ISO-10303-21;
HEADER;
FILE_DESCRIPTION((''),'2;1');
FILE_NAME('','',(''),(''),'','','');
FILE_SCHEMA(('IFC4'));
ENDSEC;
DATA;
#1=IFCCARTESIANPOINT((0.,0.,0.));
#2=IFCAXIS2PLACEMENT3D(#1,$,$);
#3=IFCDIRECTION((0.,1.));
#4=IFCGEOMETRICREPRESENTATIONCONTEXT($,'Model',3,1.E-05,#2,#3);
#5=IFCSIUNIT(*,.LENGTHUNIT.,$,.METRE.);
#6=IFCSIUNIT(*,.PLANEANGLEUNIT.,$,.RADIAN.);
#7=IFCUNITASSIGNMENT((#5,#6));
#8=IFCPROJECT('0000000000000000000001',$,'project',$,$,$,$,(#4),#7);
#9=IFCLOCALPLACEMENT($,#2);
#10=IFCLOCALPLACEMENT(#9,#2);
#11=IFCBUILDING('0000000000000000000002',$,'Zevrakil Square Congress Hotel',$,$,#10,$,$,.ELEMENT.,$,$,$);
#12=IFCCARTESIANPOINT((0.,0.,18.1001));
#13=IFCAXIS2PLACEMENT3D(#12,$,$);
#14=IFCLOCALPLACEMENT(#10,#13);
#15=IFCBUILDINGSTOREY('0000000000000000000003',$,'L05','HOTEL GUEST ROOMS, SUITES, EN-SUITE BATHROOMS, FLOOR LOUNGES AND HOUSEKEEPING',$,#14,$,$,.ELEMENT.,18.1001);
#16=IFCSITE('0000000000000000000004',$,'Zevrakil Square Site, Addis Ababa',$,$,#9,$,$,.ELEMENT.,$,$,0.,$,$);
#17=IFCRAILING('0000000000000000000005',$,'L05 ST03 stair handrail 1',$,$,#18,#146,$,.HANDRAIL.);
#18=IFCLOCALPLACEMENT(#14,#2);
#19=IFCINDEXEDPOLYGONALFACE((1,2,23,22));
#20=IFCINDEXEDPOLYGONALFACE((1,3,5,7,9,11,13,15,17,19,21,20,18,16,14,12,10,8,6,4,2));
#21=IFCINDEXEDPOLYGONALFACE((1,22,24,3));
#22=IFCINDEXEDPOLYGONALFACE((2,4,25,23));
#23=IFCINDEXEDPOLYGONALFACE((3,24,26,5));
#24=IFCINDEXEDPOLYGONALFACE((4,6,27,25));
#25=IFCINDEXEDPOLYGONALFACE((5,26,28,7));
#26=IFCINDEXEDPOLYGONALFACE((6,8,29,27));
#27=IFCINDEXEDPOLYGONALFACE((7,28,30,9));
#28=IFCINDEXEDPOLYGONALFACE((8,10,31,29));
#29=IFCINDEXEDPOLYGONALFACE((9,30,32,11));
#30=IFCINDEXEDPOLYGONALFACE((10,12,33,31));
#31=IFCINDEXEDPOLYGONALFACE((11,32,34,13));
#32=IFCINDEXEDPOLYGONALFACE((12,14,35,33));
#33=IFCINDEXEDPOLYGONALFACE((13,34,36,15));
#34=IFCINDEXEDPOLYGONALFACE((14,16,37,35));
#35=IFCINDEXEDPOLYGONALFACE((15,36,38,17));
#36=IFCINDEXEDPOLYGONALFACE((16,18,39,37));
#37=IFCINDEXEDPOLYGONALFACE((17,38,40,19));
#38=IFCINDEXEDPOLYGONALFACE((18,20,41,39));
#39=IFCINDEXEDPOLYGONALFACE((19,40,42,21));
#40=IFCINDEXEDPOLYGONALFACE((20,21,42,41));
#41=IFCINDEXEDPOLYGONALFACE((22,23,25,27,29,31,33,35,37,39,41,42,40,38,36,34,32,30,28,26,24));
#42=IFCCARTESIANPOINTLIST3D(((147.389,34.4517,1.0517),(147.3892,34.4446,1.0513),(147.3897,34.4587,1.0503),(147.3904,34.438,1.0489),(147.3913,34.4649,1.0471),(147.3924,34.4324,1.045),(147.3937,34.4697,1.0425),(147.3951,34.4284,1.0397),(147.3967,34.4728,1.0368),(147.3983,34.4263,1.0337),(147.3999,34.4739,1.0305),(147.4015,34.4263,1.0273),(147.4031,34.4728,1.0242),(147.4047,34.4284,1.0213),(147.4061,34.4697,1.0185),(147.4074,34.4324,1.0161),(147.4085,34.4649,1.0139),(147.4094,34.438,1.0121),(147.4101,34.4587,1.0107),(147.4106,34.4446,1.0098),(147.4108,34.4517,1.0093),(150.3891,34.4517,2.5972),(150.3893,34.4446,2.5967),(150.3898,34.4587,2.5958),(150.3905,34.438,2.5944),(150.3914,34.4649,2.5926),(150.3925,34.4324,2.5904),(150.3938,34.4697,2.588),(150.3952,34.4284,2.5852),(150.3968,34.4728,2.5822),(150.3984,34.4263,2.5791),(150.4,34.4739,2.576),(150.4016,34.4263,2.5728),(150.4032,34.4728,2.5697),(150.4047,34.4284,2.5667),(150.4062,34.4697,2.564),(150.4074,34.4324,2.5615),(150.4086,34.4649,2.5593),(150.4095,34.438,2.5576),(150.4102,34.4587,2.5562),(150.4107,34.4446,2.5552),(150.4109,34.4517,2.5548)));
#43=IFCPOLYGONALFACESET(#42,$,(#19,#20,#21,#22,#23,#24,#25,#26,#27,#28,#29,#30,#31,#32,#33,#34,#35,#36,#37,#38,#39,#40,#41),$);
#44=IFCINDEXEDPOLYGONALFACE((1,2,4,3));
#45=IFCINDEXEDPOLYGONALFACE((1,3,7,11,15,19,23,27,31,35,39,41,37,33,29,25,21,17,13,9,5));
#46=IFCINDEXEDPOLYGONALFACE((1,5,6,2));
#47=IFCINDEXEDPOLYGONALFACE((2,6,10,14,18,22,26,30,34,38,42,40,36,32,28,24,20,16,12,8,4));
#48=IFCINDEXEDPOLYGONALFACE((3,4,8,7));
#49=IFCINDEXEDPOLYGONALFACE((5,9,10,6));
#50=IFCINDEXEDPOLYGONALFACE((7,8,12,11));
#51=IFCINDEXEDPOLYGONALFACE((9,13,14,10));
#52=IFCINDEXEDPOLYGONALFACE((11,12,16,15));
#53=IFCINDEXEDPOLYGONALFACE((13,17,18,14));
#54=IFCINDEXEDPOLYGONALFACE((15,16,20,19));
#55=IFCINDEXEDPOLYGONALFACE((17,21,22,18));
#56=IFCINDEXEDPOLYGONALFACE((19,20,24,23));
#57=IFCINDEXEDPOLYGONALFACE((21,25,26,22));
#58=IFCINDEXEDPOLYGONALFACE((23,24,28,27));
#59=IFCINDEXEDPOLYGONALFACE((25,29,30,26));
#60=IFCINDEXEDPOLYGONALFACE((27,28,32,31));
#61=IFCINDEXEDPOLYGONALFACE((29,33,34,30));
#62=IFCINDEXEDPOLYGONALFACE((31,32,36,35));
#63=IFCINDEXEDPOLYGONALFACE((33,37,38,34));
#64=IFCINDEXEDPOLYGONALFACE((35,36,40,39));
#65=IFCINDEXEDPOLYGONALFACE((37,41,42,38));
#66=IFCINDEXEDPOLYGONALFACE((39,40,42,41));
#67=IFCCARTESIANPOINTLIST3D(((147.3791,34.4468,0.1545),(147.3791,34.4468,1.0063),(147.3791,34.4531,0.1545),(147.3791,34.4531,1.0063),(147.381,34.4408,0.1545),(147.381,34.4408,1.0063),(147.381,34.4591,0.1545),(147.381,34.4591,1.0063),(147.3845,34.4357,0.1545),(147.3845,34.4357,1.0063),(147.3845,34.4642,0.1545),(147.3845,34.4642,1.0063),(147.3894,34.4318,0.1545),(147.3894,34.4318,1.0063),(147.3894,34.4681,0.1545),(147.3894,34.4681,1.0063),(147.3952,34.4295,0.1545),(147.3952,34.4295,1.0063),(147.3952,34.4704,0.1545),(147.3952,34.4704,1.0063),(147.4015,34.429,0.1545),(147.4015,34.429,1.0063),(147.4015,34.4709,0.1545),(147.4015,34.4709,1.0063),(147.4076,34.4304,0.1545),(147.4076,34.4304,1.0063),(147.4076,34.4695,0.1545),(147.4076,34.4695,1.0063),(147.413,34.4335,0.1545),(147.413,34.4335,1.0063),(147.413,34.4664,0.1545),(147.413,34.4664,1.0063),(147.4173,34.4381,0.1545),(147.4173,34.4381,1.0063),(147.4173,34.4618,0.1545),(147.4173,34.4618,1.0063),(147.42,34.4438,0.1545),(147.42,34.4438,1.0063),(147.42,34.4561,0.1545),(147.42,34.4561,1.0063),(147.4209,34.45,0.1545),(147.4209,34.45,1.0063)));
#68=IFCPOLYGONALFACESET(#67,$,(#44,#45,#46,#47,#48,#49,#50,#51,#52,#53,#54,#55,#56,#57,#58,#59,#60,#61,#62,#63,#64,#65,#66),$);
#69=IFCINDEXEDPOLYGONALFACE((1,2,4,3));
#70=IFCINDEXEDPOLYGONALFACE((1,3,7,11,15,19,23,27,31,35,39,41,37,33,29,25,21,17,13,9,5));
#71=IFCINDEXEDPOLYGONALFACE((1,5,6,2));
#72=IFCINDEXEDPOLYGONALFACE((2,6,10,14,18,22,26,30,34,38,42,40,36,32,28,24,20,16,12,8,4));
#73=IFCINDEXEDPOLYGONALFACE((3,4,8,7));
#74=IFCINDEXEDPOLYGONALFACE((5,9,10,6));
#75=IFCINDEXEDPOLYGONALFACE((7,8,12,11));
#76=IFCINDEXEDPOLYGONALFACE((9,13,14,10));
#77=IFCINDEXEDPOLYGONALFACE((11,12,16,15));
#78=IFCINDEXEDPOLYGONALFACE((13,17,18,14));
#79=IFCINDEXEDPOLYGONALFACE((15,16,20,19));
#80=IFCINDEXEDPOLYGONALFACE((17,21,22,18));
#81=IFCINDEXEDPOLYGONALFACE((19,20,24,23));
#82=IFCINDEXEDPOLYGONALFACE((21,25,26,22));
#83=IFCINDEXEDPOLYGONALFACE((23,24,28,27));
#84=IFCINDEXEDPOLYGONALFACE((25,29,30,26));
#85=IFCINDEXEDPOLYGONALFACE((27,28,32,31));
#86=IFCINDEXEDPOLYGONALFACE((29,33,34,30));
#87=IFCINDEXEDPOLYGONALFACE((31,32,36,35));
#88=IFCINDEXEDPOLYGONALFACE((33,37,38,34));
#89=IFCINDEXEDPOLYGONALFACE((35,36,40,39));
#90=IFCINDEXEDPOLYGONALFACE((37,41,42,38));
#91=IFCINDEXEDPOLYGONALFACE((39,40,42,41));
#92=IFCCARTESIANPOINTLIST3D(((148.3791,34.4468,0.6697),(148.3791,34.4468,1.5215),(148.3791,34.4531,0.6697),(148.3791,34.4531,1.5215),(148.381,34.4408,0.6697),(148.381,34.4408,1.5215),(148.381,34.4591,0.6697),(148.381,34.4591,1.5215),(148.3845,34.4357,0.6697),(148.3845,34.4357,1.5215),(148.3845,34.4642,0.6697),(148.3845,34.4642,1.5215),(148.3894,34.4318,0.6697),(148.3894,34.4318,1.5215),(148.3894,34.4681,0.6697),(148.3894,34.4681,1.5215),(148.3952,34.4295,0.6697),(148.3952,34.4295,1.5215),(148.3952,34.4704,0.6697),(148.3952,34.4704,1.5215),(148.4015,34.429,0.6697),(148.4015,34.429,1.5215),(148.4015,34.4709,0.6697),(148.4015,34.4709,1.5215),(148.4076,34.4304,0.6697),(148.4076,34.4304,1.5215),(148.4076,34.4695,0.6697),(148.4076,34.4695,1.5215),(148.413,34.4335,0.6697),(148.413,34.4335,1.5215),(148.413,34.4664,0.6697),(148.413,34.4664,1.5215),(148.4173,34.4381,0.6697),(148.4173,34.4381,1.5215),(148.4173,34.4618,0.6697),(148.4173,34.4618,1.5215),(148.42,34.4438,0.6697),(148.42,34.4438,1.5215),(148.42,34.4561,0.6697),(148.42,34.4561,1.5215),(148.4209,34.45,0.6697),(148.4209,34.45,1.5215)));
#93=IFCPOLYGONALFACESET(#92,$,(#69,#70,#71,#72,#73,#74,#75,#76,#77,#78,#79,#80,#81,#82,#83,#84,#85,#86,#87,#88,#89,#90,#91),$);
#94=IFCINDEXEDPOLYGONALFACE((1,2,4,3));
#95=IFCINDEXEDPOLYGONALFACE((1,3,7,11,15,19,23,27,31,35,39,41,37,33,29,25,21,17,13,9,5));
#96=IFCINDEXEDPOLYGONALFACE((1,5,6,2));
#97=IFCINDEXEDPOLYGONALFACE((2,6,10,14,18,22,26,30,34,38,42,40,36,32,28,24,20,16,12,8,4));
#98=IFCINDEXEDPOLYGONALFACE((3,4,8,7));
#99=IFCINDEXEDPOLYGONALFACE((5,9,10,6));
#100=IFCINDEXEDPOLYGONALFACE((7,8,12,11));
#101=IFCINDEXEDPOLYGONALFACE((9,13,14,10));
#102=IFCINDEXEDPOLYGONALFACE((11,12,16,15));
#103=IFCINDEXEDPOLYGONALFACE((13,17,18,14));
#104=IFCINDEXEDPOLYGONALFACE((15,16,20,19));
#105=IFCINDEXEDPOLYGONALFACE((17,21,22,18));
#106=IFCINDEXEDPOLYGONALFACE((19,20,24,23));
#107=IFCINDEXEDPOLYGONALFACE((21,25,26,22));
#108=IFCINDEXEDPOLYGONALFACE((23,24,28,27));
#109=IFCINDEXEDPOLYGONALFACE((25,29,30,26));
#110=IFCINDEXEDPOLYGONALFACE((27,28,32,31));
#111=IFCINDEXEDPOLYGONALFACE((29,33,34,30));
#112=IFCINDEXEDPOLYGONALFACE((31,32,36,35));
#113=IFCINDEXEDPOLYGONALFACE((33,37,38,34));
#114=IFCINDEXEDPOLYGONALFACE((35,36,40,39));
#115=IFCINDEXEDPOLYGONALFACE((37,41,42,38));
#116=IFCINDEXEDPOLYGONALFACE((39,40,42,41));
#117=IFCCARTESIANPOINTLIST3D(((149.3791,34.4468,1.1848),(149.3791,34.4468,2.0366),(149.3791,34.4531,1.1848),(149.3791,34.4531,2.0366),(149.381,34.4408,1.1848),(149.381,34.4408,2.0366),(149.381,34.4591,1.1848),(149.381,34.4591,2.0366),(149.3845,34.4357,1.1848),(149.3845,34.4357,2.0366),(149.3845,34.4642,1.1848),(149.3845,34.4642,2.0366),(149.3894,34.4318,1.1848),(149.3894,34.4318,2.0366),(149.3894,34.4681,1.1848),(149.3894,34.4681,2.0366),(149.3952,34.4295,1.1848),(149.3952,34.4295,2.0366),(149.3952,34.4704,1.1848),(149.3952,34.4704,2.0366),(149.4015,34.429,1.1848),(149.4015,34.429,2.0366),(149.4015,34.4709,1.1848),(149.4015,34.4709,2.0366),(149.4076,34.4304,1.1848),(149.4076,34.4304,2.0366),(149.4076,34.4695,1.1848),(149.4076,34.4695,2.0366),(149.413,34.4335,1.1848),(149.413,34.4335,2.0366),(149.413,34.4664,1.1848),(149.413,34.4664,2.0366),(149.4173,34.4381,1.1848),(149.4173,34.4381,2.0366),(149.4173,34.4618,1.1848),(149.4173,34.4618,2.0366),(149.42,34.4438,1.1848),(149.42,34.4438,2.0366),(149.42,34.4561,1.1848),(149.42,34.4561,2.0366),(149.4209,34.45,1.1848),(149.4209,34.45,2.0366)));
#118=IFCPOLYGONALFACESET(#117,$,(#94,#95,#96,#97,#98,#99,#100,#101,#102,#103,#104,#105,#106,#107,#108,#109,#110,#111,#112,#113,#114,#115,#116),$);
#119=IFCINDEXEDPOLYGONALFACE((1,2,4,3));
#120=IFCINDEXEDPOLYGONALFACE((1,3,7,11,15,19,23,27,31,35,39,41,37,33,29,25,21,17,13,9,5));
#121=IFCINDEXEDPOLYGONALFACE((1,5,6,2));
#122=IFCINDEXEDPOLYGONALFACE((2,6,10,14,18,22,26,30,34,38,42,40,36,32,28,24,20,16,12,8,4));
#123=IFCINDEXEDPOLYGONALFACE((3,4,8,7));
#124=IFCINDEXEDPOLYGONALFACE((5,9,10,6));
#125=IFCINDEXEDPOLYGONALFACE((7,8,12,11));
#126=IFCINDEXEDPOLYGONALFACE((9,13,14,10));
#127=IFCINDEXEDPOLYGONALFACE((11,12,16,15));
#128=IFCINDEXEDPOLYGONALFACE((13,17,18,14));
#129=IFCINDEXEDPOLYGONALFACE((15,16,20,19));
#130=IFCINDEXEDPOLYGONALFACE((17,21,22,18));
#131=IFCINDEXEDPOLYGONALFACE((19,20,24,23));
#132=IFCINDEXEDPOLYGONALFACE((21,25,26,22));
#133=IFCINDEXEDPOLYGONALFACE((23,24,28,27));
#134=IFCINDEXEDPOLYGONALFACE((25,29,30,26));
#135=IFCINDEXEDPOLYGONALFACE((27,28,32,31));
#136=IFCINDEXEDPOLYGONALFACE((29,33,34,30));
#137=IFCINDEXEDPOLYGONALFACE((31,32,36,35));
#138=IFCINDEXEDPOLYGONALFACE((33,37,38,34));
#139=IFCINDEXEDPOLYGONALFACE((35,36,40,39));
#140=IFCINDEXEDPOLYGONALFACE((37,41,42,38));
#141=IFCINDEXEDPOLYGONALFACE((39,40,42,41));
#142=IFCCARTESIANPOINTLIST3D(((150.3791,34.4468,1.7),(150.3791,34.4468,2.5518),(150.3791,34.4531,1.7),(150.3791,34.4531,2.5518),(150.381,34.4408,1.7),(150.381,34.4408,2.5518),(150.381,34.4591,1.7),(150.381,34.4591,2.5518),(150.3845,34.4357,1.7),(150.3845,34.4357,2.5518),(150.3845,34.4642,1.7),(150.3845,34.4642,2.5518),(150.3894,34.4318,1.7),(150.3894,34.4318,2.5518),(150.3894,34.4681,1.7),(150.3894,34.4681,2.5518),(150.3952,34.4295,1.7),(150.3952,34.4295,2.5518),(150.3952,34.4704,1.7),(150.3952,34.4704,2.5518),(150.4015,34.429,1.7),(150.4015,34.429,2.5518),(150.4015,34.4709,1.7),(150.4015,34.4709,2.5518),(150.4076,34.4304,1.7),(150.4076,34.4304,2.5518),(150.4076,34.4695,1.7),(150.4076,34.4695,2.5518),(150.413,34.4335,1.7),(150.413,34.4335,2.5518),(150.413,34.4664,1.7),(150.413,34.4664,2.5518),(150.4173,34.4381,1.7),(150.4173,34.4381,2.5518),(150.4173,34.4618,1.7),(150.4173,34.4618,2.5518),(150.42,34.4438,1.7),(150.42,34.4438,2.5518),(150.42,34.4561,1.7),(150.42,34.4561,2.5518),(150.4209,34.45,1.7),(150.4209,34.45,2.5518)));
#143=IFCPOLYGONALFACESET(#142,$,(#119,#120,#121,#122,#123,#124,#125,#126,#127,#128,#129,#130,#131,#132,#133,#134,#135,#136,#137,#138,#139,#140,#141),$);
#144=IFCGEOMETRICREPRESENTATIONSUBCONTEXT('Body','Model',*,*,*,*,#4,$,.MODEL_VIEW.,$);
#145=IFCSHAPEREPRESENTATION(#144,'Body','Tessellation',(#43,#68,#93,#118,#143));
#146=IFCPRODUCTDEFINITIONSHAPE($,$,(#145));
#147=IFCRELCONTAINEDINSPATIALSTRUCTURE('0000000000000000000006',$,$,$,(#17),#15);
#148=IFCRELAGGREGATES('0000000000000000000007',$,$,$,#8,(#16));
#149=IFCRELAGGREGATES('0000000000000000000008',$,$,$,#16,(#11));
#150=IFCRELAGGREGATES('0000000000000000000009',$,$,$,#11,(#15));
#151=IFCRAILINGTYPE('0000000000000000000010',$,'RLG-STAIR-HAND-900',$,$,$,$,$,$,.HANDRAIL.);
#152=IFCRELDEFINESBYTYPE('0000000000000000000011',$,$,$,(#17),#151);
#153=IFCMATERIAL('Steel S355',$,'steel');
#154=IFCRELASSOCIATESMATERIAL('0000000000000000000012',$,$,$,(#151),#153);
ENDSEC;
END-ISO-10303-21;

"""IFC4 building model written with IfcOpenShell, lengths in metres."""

from ifc_helpers import new_model, si_unit, direction, frame, origin, origin_2d, place, context, subcontext, project, spatial, circle, extrude, material, type_object, element, save


model = new_model("IFC4")

# Units and contexts
model_context = context("Model", 3, precision=1e-05, world=origin(), true_north=direction((0.0, 1.0)))
body_context = subcontext(model_context, "Body", "Model", "MODEL_VIEW")
ifc_project = project(units=[si_unit("LENGTHUNIT", "METRE"), si_unit("PLANEANGLEUNIT", "RADIAN")], contexts=[model_context])

# Site, building, storey
site_placement = place(None, origin())
site = spatial("IfcSite", under=ifc_project, at=site_placement, Name="Zevrakil Square Site, Addis Ababa", CompositionType="ELEMENT", RefElevation=0.0)
building_placement = place(site_placement, origin())
building = spatial("IfcBuilding", under=site, at=building_placement, Name="Zevrakil Square Congress Hotel", CompositionType="ELEMENT")
storey_placement = place(building_placement, frame((0.0, 0.0, 18.1001)))
storey = spatial("IfcBuildingStorey", under=building, at=storey_placement, Name="L05", Description="HOTEL GUEST ROOMS, SUITES, EN-SUITE BATHROOMS, FLOOR LOUNGES AND HOUSEKEEPING", CompositionType="ELEMENT", Elevation=18.1001)

# Railing
ifc_material_1 = material(Name="Steel S355", Category="steel")
railing_type_1 = type_object("IfcRailingType", Name="RLG-STAIR-HAND-900", PredefinedType="HANDRAIL", material=ifc_material_1)
railing_1_placement = place(storey_placement, frame((147.3999, 34.45, 0.1545)))
element("IfcRailing", 1, at=railing_1_placement, inside=storey, type_object=railing_type_1, Name="L05 ST03 stair handrail 1", PredefinedType="HANDRAIL", context=body_context, shape_type="SweptSolid", body=[
    extrude(circle(Radius=0.0239, at=origin_2d()), frame((0.0, 0.0, 0.876), z_axis=(0.88898, 0.0, 0.457946), x_axis=(0.0, 1.0, 0.0)), (0.0, 0.0, 1.0), 3.3748),
    extrude(circle(Radius=0.021, at=origin_2d()), origin(), (0.0, 0.0, 1.0), 0.8518),
    extrude(circle(Radius=0.021, at=origin_2d()), frame((1.0, 0.0, 0.5151)), (0.0, 0.0, 1.0), 0.8518),
    extrude(circle(Radius=0.021, at=origin_2d()), frame((2.0, 0.0, 1.0303)), (0.0, 0.0, 1.0), 0.8518),
    extrude(circle(Radius=0.021, at=origin_2d()), frame((3.0, 0.0, 1.5454)), (0.0, 0.0, 1.0), 0.8518),
])

save(model, "model.ifc")
